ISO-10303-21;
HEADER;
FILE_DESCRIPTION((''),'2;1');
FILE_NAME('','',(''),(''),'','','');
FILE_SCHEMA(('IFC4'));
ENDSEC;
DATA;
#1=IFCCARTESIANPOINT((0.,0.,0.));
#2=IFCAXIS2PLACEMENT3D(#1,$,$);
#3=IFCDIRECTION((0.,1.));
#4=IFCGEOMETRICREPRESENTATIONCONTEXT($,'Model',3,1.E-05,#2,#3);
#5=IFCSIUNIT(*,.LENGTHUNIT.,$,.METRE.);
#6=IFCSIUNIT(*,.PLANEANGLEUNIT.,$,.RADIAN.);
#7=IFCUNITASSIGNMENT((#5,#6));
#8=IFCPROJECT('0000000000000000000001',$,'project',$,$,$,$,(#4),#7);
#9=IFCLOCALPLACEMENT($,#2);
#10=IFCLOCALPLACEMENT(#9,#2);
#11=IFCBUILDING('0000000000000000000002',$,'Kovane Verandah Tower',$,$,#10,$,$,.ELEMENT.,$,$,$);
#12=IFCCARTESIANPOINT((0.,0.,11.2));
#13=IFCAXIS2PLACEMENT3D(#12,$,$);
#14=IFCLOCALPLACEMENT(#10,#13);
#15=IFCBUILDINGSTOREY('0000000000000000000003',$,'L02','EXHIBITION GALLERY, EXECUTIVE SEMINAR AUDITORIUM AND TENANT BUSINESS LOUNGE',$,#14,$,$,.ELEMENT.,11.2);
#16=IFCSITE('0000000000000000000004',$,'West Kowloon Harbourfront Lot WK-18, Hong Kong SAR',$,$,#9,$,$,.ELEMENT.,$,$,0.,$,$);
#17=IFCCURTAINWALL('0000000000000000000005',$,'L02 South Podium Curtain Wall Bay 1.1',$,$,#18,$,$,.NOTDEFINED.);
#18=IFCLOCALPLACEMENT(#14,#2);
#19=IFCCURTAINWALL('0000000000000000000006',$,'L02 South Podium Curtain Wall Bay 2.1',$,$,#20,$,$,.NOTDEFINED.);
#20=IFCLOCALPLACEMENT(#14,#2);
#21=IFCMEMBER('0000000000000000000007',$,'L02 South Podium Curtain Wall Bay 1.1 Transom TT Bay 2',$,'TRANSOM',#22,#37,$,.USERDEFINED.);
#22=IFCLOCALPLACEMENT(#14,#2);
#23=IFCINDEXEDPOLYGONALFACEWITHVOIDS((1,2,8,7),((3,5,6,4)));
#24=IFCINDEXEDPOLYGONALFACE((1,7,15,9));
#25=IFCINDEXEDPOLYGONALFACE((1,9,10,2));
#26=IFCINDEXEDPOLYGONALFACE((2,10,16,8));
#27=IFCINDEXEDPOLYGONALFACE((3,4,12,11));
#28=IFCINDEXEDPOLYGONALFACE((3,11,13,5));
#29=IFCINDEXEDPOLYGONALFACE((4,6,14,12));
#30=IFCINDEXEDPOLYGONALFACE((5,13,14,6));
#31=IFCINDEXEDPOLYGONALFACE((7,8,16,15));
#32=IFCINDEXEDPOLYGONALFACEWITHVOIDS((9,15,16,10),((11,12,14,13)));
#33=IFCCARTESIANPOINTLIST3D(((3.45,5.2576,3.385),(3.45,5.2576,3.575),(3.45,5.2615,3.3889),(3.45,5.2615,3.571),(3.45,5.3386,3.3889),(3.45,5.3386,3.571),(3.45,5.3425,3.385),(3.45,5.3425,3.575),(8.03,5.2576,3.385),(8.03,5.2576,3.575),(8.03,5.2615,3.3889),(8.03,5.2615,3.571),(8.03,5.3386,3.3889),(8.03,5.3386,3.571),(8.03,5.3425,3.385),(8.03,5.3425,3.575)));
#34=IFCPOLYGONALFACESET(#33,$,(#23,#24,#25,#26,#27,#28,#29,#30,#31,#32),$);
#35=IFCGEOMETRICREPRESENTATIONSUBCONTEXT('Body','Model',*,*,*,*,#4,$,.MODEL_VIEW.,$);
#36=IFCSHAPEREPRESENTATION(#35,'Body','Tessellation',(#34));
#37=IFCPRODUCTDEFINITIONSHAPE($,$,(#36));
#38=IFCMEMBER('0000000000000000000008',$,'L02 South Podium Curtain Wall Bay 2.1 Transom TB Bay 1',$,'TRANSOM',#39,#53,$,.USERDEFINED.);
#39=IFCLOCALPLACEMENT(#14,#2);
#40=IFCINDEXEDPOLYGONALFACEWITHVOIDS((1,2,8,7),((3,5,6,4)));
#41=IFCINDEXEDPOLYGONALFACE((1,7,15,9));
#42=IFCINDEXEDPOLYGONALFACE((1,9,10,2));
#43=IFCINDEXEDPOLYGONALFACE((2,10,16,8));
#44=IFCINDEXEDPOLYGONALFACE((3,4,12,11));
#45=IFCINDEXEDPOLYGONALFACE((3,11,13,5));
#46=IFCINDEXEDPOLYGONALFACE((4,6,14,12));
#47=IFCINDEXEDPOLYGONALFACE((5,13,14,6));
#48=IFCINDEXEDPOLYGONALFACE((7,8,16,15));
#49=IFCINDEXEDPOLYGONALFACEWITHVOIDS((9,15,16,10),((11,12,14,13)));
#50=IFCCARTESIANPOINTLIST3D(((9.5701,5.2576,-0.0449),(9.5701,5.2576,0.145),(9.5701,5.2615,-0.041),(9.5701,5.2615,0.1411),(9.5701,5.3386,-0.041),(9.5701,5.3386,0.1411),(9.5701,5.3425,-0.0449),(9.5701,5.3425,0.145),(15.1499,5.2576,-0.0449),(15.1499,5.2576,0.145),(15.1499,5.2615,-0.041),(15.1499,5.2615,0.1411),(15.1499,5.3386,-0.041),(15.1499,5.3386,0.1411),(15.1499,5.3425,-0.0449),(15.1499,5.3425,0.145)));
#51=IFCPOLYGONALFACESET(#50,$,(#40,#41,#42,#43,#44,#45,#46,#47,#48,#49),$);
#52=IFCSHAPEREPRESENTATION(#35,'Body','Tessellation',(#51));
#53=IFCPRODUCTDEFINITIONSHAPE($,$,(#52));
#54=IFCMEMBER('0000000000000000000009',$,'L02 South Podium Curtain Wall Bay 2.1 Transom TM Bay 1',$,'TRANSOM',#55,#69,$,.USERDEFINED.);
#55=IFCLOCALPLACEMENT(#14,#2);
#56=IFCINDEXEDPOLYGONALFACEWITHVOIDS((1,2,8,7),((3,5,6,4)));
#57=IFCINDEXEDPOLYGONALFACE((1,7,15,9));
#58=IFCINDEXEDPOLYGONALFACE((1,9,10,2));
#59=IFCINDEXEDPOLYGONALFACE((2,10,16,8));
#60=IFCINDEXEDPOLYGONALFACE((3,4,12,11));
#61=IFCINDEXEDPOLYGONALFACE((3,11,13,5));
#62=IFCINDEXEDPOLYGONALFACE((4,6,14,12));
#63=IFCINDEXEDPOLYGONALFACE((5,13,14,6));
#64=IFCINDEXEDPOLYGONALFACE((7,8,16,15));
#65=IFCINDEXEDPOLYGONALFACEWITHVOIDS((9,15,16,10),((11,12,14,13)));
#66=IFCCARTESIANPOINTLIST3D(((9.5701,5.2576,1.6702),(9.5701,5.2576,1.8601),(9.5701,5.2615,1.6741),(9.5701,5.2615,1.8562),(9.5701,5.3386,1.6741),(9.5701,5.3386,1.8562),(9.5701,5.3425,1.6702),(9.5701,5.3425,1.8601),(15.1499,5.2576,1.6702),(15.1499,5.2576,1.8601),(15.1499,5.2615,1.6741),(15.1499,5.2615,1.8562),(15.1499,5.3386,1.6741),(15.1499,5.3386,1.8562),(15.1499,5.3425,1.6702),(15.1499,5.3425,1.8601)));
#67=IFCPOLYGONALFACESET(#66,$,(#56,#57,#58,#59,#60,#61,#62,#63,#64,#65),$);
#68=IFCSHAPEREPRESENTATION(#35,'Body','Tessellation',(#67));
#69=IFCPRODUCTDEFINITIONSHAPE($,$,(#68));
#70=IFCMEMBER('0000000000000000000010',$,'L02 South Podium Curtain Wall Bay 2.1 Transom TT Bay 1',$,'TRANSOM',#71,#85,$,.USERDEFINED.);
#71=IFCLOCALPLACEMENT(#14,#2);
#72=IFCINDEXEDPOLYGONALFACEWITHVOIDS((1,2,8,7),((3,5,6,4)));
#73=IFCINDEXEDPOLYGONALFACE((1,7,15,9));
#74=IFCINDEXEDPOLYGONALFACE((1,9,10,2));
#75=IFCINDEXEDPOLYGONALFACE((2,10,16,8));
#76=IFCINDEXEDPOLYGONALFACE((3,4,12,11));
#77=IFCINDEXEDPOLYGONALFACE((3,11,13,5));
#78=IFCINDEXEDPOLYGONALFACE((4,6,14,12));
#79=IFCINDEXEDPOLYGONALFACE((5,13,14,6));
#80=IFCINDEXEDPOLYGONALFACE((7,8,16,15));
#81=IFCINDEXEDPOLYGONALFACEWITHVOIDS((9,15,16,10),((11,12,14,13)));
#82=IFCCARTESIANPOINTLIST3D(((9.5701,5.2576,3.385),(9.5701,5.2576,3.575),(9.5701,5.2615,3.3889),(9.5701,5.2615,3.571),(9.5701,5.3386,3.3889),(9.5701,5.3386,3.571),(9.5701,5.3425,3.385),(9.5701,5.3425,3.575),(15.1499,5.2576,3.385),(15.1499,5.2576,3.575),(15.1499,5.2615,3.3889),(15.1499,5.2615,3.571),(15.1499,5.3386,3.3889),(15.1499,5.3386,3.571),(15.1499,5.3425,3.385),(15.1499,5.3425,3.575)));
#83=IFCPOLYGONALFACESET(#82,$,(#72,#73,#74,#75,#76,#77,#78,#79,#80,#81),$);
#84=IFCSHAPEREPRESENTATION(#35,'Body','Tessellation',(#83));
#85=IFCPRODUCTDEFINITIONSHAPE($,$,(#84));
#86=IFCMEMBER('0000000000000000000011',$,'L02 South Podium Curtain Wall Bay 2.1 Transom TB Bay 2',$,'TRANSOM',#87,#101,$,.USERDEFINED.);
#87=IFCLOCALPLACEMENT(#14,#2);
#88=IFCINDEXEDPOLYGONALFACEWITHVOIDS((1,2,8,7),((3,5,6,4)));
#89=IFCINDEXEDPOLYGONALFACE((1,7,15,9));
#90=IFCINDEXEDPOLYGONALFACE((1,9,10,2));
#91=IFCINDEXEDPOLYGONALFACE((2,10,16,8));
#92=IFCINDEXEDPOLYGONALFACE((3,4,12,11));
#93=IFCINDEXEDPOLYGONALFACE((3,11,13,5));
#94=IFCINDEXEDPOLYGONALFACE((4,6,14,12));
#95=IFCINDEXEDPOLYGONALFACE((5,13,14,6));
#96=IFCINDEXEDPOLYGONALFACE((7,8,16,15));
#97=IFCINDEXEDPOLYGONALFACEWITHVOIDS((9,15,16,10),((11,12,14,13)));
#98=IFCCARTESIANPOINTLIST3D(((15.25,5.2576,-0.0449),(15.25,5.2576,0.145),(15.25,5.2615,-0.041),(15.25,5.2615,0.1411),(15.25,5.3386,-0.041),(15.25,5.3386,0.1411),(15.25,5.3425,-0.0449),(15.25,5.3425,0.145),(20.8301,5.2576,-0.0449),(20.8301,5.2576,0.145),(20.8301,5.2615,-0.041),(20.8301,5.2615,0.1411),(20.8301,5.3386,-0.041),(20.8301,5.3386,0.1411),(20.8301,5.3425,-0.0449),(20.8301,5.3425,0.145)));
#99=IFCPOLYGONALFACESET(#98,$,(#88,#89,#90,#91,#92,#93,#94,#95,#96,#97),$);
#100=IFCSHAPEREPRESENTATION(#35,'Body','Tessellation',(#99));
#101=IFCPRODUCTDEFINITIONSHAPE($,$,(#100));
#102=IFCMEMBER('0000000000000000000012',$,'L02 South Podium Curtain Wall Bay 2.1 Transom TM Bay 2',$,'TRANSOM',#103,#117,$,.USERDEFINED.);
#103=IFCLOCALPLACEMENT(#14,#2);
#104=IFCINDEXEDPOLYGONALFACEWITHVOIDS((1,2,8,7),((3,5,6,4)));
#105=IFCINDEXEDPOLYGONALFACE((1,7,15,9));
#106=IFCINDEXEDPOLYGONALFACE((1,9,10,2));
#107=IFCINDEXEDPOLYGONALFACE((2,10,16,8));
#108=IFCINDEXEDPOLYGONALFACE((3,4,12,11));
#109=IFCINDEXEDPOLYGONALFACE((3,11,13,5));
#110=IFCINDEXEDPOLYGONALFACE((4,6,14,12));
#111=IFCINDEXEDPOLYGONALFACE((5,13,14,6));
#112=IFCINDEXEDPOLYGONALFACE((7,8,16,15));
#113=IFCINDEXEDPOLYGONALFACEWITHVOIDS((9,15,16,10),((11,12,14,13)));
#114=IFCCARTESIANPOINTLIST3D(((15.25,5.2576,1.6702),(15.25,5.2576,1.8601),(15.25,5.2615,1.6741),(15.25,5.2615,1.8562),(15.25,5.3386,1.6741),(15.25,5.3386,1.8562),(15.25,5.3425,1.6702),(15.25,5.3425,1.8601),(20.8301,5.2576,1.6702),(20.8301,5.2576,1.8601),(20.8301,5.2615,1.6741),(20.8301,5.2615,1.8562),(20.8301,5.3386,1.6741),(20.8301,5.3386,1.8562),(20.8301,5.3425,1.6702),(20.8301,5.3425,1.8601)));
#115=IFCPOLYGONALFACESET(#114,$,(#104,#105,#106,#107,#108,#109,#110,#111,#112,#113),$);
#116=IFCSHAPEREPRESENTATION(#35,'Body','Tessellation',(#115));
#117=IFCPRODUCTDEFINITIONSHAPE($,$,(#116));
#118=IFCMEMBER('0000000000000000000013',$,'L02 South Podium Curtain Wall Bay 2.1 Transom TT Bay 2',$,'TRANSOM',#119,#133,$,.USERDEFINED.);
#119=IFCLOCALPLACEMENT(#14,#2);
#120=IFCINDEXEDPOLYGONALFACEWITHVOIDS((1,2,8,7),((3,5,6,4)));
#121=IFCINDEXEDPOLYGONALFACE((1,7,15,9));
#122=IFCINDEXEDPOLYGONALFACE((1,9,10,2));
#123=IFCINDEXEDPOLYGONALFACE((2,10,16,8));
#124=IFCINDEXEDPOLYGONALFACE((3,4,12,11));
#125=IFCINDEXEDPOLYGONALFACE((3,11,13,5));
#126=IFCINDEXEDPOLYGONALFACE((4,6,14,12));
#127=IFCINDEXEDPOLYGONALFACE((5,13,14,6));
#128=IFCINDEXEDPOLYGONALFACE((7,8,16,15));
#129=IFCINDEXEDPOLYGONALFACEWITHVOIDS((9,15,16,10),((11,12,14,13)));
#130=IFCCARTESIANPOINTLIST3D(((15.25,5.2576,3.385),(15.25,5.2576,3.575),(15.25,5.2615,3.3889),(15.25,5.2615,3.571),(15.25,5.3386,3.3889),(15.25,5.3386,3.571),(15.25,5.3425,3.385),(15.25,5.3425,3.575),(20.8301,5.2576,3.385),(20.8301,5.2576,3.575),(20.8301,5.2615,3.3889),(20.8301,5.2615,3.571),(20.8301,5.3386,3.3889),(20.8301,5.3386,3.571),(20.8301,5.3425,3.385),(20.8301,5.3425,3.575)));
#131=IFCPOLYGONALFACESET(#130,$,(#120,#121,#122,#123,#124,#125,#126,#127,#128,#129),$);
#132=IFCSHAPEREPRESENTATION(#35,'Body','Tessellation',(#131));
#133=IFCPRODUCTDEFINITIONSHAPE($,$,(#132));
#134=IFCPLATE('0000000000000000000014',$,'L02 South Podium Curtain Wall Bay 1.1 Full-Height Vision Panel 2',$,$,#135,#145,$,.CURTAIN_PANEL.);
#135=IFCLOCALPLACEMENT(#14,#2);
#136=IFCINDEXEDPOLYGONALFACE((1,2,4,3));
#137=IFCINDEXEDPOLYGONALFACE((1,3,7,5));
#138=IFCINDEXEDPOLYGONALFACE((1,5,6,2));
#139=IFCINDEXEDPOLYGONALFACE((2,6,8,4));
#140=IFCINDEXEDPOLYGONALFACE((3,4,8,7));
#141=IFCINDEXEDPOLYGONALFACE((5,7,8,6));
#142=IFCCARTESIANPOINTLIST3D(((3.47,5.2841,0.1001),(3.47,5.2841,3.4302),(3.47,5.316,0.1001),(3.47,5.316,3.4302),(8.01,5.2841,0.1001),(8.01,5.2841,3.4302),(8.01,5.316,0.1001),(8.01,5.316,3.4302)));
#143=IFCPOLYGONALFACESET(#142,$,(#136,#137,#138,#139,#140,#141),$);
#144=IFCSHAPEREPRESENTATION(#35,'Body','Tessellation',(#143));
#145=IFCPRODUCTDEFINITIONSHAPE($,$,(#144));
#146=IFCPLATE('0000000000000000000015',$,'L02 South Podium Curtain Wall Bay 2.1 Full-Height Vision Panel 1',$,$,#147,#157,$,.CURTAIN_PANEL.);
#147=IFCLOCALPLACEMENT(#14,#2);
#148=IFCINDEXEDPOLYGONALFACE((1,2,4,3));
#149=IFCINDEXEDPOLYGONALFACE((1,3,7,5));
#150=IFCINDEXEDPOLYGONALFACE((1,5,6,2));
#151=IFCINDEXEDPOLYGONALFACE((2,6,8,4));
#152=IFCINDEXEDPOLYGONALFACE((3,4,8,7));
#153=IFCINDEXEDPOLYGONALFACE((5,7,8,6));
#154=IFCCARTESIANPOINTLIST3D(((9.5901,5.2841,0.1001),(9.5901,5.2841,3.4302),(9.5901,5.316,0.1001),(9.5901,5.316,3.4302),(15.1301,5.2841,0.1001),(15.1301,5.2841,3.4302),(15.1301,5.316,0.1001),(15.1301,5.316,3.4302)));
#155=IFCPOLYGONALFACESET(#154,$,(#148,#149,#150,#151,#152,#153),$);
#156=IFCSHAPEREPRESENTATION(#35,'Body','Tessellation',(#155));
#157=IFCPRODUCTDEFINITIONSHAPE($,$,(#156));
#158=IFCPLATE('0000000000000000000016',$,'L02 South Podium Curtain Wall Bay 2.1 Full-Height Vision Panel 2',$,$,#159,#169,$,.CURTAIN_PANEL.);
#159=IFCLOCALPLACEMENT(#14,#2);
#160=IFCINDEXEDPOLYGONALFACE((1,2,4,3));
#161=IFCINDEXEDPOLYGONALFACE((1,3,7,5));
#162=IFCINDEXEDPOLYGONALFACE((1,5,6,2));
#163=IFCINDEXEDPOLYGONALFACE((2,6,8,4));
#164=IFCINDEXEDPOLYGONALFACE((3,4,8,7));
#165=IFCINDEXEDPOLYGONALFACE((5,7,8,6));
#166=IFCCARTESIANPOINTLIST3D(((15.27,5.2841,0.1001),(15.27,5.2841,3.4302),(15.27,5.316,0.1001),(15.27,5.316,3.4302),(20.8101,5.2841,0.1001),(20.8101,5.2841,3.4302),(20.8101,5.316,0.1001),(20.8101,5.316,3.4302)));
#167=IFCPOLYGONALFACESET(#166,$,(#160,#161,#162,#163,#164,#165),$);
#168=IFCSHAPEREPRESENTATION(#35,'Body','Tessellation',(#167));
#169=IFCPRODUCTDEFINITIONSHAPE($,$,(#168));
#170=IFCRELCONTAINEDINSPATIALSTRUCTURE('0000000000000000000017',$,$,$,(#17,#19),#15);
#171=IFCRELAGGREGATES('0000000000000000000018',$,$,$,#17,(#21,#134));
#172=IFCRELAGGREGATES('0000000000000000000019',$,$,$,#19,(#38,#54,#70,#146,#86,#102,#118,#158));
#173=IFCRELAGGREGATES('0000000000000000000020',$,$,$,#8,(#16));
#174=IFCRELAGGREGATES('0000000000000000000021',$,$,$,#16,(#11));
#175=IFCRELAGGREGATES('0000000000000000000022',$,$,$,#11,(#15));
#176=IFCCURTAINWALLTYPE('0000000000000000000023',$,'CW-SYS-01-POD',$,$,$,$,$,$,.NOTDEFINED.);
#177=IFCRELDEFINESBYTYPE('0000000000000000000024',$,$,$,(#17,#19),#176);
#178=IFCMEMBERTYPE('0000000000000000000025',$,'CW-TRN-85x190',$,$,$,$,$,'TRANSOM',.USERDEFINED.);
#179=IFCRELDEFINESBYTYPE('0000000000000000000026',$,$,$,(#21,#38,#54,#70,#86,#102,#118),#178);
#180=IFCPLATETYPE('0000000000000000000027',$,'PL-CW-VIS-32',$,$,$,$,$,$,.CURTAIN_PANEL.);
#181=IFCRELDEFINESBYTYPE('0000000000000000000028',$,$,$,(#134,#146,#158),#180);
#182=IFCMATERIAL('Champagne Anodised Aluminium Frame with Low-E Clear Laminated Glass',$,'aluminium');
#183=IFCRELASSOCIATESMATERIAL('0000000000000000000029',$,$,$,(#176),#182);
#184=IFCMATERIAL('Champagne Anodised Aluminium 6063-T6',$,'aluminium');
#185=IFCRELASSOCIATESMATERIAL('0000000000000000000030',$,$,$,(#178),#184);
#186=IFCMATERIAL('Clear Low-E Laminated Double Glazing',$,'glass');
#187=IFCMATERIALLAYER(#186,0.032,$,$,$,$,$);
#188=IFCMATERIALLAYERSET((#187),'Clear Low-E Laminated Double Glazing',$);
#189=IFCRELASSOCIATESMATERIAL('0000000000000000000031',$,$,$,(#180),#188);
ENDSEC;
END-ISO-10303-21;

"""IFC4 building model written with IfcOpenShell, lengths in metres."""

from ifc_helpers import new_model, si_unit, direction, frame, origin, origin_2d, place, context, subcontext, project, spatial, rectangle, hollow_rectangle, extrude, material, layer, layer_set, material_profile, profile_set, type_object, element, aggregate, save


model = new_model("IFC4")

# Units and contexts
model_context = context("Model", 3, precision=1e-05, world=origin(), true_north=direction((0.0, 1.0)))
body_context = subcontext(model_context, "Body", "Model", "MODEL_VIEW")
ifc_project = project(units=[si_unit("LENGTHUNIT", "METRE"), si_unit("PLANEANGLEUNIT", "RADIAN")], contexts=[model_context])

# Site, building, storey
site_placement = place(None, origin())
site = spatial("IfcSite", under=ifc_project, at=site_placement, Name="West Kowloon Harbourfront Lot WK-18, Hong Kong SAR", CompositionType="ELEMENT", RefElevation=0.0)
building_placement = place(site_placement, origin())
building = spatial("IfcBuilding", under=site, at=building_placement, Name="Kovane Verandah Tower", CompositionType="ELEMENT")
storey_placement = place(building_placement, frame((0.0, 0.0, 11.2)))
storey = spatial("IfcBuildingStorey", under=building, at=storey_placement, Name="L02", Description="EXHIBITION GALLERY, EXECUTIVE SEMINAR AUDITORIUM AND TENANT BUSINESS LOUNGE", CompositionType="ELEMENT", Elevation=11.2)

# Curtain wall
ifc_material_1 = material(Name="Champagne Anodised Aluminium Frame with Low-E Clear Laminated Glass", Category="aluminium")
curtain_wall_type = type_object("IfcCurtainWallType", Name="CW-SYS-01-POD", PredefinedType="NOTDEFINED", material=ifc_material_1)
curtain_wall_1_placement = place(storey_placement, origin())
curtain_wall_1 = element("IfcCurtainWall", 1, at=curtain_wall_1_placement, inside=storey, type_object=curtain_wall_type, Name="L02 South Podium Curtain Wall Bay 1.1", PredefinedType="NOTDEFINED")
ifc_material_2 = material(Name="Champagne Anodised Aluminium 6063-T6", Category="aluminium")

# Curtain wall
curtain_wall_2_placement = place(storey_placement, origin())
curtain_wall_2 = element("IfcCurtainWall", 2, at=curtain_wall_2_placement, inside=storey, type_object=curtain_wall_type, Name="L02 South Podium Curtain Wall Bay 2.1", PredefinedType="NOTDEFINED")

# Members
ifc_material_profile_1 = material_profile(ifc_material_2, hollow_rectangle(XDim=0.085, YDim=0.1899, WallThickness=0.0039, at=origin_2d()), Name="AL85x190x4")
ifc_profile_set_1 = profile_set([ifc_material_profile_1], Name="Champagne Anodised Aluminium 6063-T6")
member_type_1 = type_object("IfcMemberType", Name="CW-TRN-85x190", ElementType="TRANSOM", PredefinedType="USERDEFINED", material=ifc_profile_set_1)
member_1_placement = place(storey_placement, frame((3.45, 5.3, 3.48), z_axis=(1.0, 0.0, 0.0), x_axis=(0.0, 1.0, 0.0)))
member_1 = element("IfcMember", 3, at=member_1_placement, type_object=member_type_1, Name="L02 South Podium Curtain Wall Bay 1.1 Transom TT Bay 2", ObjectType="TRANSOM", PredefinedType="USERDEFINED", context=body_context, shape_type="SweptSolid", body=[
    extrude(hollow_rectangle(XDim=0.085, YDim=0.1899, WallThickness=0.0039, at=origin_2d()), origin(), (0.0, 0.0, 1.0), 4.5801),
])
member_2_placement = place(storey_placement, frame((9.5701, 5.3, 0.05), z_axis=(1.0, 0.0, 0.0), x_axis=(0.0, 1.0, 0.0)))
member_2 = element("IfcMember", 4, at=member_2_placement, type_object=member_type_1, Name="L02 South Podium Curtain Wall Bay 2.1 Transom TB Bay 1", ObjectType="TRANSOM", PredefinedType="USERDEFINED", context=body_context, shape_type="SweptSolid", body=[
    extrude(hollow_rectangle(XDim=0.085, YDim=0.1899, WallThickness=0.0039, at=origin_2d()), origin(), (0.0, 0.0, 1.0), 5.5798),
])
member_3_placement = place(storey_placement, frame((9.5701, 5.3, 1.7651), z_axis=(1.0, 0.0, 0.0), x_axis=(0.0, 1.0, 0.0)))
member_3 = element("IfcMember", 5, at=member_3_placement, type_object=member_type_1, Name="L02 South Podium Curtain Wall Bay 2.1 Transom TM Bay 1", ObjectType="TRANSOM", PredefinedType="USERDEFINED", context=body_context, shape_type="SweptSolid", body=[
    extrude(hollow_rectangle(XDim=0.085, YDim=0.1899, WallThickness=0.0039, at=origin_2d()), origin(), (0.0, 0.0, 1.0), 5.5798),
])
member_4_placement = place(storey_placement, frame((9.5701, 5.3, 3.48), z_axis=(1.0, 0.0, 0.0), x_axis=(0.0, 1.0, 0.0)))
member_4 = element("IfcMember", 6, at=member_4_placement, type_object=member_type_1, Name="L02 South Podium Curtain Wall Bay 2.1 Transom TT Bay 1", ObjectType="TRANSOM", PredefinedType="USERDEFINED", context=body_context, shape_type="SweptSolid", body=[
    extrude(hollow_rectangle(XDim=0.085, YDim=0.1899, WallThickness=0.0039, at=origin_2d()), origin(), (0.0, 0.0, 1.0), 5.5798),
])
member_5_placement = place(storey_placement, frame((15.25, 5.3, 0.05), z_axis=(1.0, 0.0, 0.0), x_axis=(0.0, 1.0, 0.0)))
member_5 = element("IfcMember", 7, at=member_5_placement, type_object=member_type_1, Name="L02 South Podium Curtain Wall Bay 2.1 Transom TB Bay 2", ObjectType="TRANSOM", PredefinedType="USERDEFINED", context=body_context, shape_type="SweptSolid", body=[
    extrude(hollow_rectangle(XDim=0.085, YDim=0.1899, WallThickness=0.0039, at=origin_2d()), origin(), (0.0, 0.0, 1.0), 5.5801),
])
member_6_placement = place(storey_placement, frame((15.25, 5.3, 1.7651), z_axis=(1.0, 0.0, 0.0), x_axis=(0.0, 1.0, 0.0)))
member_6 = element("IfcMember", 8, at=member_6_placement, type_object=member_type_1, Name="L02 South Podium Curtain Wall Bay 2.1 Transom TM Bay 2", ObjectType="TRANSOM", PredefinedType="USERDEFINED", context=body_context, shape_type="SweptSolid", body=[
    extrude(hollow_rectangle(XDim=0.085, YDim=0.1899, WallThickness=0.0039, at=origin_2d()), origin(), (0.0, 0.0, 1.0), 5.5801),
])
member_7_placement = place(storey_placement, frame((15.25, 5.3, 3.48), z_axis=(1.0, 0.0, 0.0), x_axis=(0.0, 1.0, 0.0)))
member_7 = element("IfcMember", 9, at=member_7_placement, type_object=member_type_1, Name="L02 South Podium Curtain Wall Bay 2.1 Transom TT Bay 2", ObjectType="TRANSOM", PredefinedType="USERDEFINED", context=body_context, shape_type="SweptSolid", body=[
    extrude(hollow_rectangle(XDim=0.085, YDim=0.1899, WallThickness=0.0039, at=origin_2d()), origin(), (0.0, 0.0, 1.0), 5.5801),
])

# Plates
ifc_material_3 = material(Name="Clear Low-E Laminated Double Glazing", Category="glass")
ifc_layer_1 = layer(ifc_material_3, 0.032)
ifc_layer_set_1 = layer_set([ifc_layer_1], Name="Clear Low-E Laminated Double Glazing")
plate_type = type_object("IfcPlateType", Name="PL-CW-VIS-32", PredefinedType="CURTAIN_PANEL", material=ifc_layer_set_1)
plate_1_placement = place(storey_placement, frame((5.74, 5.3, 0.1001), z_axis=(0.0, 0.0, 1.0), x_axis=(1.0, 0.0, 0.0)))
plate_1 = element("IfcPlate", 10, at=plate_1_placement, type_object=plate_type, Name="L02 South Podium Curtain Wall Bay 1.1 Full-Height Vision Panel 2", PredefinedType="CURTAIN_PANEL", context=body_context, shape_type="SweptSolid", body=[
    extrude(rectangle(XDim=4.54, YDim=0.032, at=origin_2d()), origin(), (0.0, 0.0, 1.0), 3.3301),
])
aggregate(curtain_wall_1, [member_1, plate_1])
plate_2_placement = place(storey_placement, frame((12.3601, 5.3, 0.1001), z_axis=(0.0, 0.0, 1.0), x_axis=(1.0, 0.0, 0.0)))
plate_2 = element("IfcPlate", 11, at=plate_2_placement, type_object=plate_type, Name="L02 South Podium Curtain Wall Bay 2.1 Full-Height Vision Panel 1", PredefinedType="CURTAIN_PANEL", context=body_context, shape_type="SweptSolid", body=[
    extrude(rectangle(XDim=5.54, YDim=0.032, at=origin_2d()), origin(), (0.0, 0.0, 1.0), 3.3301),
])
plate_3_placement = place(storey_placement, frame((18.04, 5.3, 0.1001), z_axis=(0.0, 0.0, 1.0), x_axis=(1.0, 0.0, 0.0)))
plate_3 = element("IfcPlate", 12, at=plate_3_placement, type_object=plate_type, Name="L02 South Podium Curtain Wall Bay 2.1 Full-Height Vision Panel 2", PredefinedType="CURTAIN_PANEL", context=body_context, shape_type="SweptSolid", body=[
    extrude(rectangle(XDim=5.54, YDim=0.032, at=origin_2d()), origin(), (0.0, 0.0, 1.0), 3.3301),
])
aggregate(curtain_wall_2, [member_2, member_3, member_4, plate_2, member_5, member_6, member_7, plate_3])

save(model, "model.ifc")
